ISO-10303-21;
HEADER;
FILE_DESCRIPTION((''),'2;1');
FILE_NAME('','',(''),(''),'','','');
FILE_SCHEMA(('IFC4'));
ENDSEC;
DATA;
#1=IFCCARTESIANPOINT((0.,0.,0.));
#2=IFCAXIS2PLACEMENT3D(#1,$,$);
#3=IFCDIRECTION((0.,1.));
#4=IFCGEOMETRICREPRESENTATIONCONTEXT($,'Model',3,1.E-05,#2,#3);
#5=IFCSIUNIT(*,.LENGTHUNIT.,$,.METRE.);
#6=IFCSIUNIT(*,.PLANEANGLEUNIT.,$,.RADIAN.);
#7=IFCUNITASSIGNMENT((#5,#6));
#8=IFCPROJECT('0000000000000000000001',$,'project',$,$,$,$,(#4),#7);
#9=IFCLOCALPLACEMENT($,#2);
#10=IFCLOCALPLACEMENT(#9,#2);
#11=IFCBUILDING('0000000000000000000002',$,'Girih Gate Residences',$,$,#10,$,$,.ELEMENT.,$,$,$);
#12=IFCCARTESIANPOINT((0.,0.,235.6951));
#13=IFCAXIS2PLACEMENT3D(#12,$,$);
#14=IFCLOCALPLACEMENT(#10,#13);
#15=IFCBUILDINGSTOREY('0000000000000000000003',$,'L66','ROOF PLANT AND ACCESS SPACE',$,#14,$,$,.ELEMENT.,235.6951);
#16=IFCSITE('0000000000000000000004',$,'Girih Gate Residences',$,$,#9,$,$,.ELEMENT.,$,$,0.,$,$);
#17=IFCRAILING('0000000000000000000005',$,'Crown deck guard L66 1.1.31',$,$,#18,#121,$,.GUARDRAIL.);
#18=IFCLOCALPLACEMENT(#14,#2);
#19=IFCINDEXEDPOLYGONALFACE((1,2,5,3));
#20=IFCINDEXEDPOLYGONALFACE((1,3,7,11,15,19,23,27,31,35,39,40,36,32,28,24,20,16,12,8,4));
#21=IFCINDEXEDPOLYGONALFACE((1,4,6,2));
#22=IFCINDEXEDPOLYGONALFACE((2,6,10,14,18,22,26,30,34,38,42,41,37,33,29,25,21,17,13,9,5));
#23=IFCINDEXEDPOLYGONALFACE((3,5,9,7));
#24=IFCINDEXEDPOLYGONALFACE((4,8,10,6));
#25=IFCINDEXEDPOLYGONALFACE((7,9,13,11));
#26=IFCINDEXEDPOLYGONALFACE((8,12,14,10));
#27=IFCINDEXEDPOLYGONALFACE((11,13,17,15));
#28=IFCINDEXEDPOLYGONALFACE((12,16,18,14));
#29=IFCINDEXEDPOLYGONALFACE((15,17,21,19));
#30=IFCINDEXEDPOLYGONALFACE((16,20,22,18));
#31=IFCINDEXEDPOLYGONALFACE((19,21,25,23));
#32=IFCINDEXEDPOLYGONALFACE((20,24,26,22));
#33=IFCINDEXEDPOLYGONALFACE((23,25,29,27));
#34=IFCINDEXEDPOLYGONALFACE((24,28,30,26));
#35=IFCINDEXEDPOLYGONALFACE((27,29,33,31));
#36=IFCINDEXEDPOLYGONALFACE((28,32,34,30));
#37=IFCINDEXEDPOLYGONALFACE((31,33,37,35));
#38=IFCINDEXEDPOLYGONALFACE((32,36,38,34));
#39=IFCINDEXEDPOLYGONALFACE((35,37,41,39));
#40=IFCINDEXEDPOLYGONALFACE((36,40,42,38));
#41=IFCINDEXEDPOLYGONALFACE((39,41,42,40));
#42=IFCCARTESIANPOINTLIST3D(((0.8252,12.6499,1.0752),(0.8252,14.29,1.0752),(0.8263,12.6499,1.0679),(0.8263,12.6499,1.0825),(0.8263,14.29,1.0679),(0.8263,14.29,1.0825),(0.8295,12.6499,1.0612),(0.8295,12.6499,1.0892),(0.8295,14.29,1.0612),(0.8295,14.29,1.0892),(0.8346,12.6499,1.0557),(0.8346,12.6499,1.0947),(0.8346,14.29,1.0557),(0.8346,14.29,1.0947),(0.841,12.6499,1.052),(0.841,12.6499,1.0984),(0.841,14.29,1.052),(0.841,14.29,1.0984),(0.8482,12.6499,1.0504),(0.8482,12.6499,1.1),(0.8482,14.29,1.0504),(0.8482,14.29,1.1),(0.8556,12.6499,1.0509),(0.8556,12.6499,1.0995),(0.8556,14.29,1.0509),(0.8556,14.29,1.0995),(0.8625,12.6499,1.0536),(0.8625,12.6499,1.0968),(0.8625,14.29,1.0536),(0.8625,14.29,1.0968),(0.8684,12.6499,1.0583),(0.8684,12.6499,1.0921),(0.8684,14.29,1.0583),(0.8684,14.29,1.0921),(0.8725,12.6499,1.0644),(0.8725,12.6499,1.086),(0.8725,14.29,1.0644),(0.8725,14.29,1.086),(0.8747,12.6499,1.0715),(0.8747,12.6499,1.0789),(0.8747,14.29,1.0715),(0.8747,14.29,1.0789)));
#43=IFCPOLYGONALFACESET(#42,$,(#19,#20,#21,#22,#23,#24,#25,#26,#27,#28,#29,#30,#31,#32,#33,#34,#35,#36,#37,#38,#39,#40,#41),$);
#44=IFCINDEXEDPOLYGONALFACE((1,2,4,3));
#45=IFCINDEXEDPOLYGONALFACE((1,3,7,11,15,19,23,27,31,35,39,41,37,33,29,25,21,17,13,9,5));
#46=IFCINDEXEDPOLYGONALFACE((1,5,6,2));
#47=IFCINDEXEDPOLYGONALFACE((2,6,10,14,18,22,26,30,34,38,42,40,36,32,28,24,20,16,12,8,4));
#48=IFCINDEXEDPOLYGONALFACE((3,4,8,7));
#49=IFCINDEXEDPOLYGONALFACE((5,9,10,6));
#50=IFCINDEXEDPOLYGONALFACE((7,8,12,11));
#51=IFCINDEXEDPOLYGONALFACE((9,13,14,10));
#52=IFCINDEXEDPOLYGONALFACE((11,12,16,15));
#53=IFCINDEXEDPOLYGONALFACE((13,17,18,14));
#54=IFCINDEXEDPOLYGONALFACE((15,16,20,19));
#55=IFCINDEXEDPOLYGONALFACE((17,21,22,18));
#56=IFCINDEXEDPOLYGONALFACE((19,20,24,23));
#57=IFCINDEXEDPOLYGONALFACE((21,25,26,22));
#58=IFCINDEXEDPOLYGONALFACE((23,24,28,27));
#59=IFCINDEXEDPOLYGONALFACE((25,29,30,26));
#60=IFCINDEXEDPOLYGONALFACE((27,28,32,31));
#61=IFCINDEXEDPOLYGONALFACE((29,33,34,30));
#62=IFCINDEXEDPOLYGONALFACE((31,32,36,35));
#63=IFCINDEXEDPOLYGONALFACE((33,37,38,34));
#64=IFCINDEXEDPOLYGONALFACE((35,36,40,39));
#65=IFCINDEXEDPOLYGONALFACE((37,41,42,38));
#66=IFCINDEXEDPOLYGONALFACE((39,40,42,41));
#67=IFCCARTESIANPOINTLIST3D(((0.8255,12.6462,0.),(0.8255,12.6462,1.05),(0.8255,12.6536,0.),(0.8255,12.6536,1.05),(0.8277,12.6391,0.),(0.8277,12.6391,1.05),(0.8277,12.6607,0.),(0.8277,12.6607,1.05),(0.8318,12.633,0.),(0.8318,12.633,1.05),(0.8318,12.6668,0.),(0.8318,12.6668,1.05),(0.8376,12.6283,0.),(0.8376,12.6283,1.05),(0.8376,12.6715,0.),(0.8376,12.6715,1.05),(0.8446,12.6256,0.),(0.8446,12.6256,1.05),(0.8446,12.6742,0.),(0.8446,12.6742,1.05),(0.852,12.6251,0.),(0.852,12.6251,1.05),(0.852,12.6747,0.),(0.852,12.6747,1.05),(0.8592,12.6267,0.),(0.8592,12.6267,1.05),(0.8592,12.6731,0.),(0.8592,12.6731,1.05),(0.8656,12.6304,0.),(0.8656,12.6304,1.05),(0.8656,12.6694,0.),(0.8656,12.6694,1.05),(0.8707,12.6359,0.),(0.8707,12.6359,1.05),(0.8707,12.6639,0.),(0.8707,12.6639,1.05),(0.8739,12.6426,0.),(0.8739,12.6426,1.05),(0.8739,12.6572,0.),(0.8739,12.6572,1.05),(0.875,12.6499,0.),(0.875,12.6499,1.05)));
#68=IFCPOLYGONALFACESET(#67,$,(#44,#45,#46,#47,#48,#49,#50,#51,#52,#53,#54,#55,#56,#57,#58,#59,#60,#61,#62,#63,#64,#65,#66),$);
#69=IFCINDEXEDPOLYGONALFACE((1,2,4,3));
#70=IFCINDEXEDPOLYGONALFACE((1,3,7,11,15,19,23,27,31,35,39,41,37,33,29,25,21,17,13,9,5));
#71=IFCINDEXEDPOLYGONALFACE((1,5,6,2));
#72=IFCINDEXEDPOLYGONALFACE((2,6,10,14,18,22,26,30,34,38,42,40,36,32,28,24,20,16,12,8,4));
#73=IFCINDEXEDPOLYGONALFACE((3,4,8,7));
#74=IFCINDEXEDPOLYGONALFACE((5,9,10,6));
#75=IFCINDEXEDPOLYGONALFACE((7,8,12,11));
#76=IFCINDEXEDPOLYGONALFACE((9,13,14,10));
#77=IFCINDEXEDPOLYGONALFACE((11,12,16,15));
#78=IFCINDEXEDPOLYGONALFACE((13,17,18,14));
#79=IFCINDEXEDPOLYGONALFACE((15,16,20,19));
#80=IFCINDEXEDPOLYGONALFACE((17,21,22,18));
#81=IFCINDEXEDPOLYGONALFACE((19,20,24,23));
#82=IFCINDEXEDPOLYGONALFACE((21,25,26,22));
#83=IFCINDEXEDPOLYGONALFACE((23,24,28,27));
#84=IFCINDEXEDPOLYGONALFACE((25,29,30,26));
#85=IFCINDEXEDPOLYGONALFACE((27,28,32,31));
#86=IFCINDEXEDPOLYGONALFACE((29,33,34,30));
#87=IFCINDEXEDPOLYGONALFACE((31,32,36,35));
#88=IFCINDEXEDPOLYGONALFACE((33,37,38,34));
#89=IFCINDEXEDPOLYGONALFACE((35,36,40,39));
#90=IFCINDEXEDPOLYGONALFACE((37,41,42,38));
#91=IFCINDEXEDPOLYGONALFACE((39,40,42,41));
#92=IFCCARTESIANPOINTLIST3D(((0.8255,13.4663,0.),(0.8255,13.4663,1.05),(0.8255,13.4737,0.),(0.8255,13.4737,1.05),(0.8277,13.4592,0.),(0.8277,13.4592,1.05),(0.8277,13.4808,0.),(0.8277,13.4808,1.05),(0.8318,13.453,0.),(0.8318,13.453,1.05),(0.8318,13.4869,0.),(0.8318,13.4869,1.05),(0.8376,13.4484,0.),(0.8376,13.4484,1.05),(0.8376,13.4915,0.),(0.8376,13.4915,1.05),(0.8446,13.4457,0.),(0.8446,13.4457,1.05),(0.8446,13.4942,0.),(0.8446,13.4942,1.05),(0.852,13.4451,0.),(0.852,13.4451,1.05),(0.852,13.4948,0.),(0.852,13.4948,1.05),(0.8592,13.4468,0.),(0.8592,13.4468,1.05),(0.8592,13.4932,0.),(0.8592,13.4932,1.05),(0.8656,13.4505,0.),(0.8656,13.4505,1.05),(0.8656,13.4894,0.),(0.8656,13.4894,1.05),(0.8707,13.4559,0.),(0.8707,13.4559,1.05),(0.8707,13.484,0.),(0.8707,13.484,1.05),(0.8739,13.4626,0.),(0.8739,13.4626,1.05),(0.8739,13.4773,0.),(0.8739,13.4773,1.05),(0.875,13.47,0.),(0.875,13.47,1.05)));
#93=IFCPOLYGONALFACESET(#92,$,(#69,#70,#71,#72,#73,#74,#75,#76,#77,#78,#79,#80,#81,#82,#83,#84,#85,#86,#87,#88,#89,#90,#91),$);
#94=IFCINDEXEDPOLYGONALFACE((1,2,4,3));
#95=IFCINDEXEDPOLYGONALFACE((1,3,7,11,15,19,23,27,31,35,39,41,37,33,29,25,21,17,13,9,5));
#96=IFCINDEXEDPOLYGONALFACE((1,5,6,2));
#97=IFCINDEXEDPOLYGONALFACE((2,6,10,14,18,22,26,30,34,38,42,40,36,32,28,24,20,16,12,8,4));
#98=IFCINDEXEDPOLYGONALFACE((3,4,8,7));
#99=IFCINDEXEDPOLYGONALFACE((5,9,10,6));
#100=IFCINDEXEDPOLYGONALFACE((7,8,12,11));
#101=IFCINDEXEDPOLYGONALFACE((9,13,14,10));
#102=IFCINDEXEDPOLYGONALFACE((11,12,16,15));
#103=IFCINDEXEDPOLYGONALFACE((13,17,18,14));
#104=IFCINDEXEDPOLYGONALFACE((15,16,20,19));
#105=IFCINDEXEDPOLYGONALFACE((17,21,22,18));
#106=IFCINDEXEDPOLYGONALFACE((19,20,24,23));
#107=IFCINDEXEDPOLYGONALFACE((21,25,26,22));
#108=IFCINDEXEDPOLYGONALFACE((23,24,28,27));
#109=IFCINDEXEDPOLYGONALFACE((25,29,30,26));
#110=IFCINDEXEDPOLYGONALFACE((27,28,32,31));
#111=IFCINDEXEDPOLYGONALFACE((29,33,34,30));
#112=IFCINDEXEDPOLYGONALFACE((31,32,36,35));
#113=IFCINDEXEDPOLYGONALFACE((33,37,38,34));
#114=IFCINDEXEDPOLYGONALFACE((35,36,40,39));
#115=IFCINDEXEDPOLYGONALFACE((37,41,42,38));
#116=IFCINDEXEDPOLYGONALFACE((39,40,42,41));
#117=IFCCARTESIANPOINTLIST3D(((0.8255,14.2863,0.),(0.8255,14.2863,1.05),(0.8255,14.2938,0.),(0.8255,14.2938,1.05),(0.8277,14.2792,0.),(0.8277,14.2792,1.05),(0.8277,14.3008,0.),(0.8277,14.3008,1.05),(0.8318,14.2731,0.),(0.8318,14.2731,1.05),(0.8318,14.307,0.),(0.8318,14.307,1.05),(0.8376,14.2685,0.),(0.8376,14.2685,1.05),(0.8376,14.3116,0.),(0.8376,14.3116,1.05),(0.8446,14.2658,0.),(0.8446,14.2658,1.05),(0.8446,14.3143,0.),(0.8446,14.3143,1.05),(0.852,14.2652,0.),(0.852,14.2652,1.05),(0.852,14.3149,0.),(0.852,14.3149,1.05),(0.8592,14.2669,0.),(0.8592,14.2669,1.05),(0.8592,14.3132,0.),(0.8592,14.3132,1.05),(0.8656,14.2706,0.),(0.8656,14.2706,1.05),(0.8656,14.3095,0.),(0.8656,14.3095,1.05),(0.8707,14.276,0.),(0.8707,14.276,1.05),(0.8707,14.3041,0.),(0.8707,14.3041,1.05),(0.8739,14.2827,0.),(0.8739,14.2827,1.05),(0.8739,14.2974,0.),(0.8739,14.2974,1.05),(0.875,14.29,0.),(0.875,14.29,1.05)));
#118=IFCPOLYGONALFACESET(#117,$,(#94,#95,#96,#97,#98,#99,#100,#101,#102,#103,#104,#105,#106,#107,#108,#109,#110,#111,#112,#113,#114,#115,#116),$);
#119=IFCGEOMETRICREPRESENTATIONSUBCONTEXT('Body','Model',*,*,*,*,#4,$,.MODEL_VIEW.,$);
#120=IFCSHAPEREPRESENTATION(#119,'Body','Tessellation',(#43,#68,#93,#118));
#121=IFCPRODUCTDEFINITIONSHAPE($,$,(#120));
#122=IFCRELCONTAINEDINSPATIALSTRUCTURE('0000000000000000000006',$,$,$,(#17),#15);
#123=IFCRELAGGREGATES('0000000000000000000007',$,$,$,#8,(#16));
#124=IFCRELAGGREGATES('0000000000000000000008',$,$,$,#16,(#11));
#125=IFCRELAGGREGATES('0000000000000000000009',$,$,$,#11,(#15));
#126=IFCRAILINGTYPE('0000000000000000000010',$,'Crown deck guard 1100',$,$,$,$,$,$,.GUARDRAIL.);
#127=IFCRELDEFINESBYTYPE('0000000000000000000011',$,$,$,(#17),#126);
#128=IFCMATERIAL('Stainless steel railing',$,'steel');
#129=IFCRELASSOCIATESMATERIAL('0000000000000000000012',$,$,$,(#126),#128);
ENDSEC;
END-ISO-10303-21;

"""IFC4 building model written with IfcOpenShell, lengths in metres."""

from ifc_helpers import new_model, si_unit, direction, frame, origin, origin_2d, place, context, subcontext, project, spatial, circle, extrude, material, type_object, element, save


model = new_model("IFC4")

# Units and contexts
model_context = context("Model", 3, precision=1e-05, world=origin(), true_north=direction((0.0, 1.0)))
body_context = subcontext(model_context, "Body", "Model", "MODEL_VIEW")
ifc_project = project(units=[si_unit("LENGTHUNIT", "METRE"), si_unit("PLANEANGLEUNIT", "RADIAN")], contexts=[model_context])

# Site, building, storey
site_placement = place(None, origin())
site = spatial("IfcSite", under=ifc_project, at=site_placement, Name="Girih Gate Residences", CompositionType="ELEMENT", RefElevation=0.0)
building_placement = place(site_placement, origin())
building = spatial("IfcBuilding", under=site, at=building_placement, Name="Girih Gate Residences", CompositionType="ELEMENT")
storey_placement = place(building_placement, frame((0.0, 0.0, 235.6951)))
storey = spatial("IfcBuildingStorey", under=building, at=storey_placement, Name="L66", Description="ROOF PLANT AND ACCESS SPACE", CompositionType="ELEMENT", Elevation=235.6951)

# Railing
ifc_material_1 = material(Name="Stainless steel railing", Category="steel")
railing_type = type_object("IfcRailingType", Name="Crown deck guard 1100", PredefinedType="GUARDRAIL", material=ifc_material_1)
railing_1_placement = place(storey_placement, frame((0.8501, 12.6499, 0.0)))
element("IfcRailing", 1, at=railing_1_placement, inside=storey, type_object=railing_type, Name="Crown deck guard L66 1.1.31", PredefinedType="GUARDRAIL", context=body_context, shape_type="SweptSolid", body=[
    extrude(circle(Radius=0.0249, at=origin_2d()), frame((0.0, 0.0, 1.0752), z_axis=(0.0, 1.0, 0.0), x_axis=(-1.0, 0.0, 0.0)), (0.0, 0.0, 1.0), 1.6401),
    extrude(circle(Radius=0.0249, at=origin_2d()), origin(), (0.0, 0.0, 1.0), 1.05),
    extrude(circle(Radius=0.0249, at=origin_2d()), frame((0.0, 0.8201, 0.0)), (0.0, 0.0, 1.0), 1.05),
    extrude(circle(Radius=0.0249, at=origin_2d()), frame((0.0, 1.6401, 0.0)), (0.0, 0.0, 1.0), 1.05),
])

save(model, "model.ifc")
